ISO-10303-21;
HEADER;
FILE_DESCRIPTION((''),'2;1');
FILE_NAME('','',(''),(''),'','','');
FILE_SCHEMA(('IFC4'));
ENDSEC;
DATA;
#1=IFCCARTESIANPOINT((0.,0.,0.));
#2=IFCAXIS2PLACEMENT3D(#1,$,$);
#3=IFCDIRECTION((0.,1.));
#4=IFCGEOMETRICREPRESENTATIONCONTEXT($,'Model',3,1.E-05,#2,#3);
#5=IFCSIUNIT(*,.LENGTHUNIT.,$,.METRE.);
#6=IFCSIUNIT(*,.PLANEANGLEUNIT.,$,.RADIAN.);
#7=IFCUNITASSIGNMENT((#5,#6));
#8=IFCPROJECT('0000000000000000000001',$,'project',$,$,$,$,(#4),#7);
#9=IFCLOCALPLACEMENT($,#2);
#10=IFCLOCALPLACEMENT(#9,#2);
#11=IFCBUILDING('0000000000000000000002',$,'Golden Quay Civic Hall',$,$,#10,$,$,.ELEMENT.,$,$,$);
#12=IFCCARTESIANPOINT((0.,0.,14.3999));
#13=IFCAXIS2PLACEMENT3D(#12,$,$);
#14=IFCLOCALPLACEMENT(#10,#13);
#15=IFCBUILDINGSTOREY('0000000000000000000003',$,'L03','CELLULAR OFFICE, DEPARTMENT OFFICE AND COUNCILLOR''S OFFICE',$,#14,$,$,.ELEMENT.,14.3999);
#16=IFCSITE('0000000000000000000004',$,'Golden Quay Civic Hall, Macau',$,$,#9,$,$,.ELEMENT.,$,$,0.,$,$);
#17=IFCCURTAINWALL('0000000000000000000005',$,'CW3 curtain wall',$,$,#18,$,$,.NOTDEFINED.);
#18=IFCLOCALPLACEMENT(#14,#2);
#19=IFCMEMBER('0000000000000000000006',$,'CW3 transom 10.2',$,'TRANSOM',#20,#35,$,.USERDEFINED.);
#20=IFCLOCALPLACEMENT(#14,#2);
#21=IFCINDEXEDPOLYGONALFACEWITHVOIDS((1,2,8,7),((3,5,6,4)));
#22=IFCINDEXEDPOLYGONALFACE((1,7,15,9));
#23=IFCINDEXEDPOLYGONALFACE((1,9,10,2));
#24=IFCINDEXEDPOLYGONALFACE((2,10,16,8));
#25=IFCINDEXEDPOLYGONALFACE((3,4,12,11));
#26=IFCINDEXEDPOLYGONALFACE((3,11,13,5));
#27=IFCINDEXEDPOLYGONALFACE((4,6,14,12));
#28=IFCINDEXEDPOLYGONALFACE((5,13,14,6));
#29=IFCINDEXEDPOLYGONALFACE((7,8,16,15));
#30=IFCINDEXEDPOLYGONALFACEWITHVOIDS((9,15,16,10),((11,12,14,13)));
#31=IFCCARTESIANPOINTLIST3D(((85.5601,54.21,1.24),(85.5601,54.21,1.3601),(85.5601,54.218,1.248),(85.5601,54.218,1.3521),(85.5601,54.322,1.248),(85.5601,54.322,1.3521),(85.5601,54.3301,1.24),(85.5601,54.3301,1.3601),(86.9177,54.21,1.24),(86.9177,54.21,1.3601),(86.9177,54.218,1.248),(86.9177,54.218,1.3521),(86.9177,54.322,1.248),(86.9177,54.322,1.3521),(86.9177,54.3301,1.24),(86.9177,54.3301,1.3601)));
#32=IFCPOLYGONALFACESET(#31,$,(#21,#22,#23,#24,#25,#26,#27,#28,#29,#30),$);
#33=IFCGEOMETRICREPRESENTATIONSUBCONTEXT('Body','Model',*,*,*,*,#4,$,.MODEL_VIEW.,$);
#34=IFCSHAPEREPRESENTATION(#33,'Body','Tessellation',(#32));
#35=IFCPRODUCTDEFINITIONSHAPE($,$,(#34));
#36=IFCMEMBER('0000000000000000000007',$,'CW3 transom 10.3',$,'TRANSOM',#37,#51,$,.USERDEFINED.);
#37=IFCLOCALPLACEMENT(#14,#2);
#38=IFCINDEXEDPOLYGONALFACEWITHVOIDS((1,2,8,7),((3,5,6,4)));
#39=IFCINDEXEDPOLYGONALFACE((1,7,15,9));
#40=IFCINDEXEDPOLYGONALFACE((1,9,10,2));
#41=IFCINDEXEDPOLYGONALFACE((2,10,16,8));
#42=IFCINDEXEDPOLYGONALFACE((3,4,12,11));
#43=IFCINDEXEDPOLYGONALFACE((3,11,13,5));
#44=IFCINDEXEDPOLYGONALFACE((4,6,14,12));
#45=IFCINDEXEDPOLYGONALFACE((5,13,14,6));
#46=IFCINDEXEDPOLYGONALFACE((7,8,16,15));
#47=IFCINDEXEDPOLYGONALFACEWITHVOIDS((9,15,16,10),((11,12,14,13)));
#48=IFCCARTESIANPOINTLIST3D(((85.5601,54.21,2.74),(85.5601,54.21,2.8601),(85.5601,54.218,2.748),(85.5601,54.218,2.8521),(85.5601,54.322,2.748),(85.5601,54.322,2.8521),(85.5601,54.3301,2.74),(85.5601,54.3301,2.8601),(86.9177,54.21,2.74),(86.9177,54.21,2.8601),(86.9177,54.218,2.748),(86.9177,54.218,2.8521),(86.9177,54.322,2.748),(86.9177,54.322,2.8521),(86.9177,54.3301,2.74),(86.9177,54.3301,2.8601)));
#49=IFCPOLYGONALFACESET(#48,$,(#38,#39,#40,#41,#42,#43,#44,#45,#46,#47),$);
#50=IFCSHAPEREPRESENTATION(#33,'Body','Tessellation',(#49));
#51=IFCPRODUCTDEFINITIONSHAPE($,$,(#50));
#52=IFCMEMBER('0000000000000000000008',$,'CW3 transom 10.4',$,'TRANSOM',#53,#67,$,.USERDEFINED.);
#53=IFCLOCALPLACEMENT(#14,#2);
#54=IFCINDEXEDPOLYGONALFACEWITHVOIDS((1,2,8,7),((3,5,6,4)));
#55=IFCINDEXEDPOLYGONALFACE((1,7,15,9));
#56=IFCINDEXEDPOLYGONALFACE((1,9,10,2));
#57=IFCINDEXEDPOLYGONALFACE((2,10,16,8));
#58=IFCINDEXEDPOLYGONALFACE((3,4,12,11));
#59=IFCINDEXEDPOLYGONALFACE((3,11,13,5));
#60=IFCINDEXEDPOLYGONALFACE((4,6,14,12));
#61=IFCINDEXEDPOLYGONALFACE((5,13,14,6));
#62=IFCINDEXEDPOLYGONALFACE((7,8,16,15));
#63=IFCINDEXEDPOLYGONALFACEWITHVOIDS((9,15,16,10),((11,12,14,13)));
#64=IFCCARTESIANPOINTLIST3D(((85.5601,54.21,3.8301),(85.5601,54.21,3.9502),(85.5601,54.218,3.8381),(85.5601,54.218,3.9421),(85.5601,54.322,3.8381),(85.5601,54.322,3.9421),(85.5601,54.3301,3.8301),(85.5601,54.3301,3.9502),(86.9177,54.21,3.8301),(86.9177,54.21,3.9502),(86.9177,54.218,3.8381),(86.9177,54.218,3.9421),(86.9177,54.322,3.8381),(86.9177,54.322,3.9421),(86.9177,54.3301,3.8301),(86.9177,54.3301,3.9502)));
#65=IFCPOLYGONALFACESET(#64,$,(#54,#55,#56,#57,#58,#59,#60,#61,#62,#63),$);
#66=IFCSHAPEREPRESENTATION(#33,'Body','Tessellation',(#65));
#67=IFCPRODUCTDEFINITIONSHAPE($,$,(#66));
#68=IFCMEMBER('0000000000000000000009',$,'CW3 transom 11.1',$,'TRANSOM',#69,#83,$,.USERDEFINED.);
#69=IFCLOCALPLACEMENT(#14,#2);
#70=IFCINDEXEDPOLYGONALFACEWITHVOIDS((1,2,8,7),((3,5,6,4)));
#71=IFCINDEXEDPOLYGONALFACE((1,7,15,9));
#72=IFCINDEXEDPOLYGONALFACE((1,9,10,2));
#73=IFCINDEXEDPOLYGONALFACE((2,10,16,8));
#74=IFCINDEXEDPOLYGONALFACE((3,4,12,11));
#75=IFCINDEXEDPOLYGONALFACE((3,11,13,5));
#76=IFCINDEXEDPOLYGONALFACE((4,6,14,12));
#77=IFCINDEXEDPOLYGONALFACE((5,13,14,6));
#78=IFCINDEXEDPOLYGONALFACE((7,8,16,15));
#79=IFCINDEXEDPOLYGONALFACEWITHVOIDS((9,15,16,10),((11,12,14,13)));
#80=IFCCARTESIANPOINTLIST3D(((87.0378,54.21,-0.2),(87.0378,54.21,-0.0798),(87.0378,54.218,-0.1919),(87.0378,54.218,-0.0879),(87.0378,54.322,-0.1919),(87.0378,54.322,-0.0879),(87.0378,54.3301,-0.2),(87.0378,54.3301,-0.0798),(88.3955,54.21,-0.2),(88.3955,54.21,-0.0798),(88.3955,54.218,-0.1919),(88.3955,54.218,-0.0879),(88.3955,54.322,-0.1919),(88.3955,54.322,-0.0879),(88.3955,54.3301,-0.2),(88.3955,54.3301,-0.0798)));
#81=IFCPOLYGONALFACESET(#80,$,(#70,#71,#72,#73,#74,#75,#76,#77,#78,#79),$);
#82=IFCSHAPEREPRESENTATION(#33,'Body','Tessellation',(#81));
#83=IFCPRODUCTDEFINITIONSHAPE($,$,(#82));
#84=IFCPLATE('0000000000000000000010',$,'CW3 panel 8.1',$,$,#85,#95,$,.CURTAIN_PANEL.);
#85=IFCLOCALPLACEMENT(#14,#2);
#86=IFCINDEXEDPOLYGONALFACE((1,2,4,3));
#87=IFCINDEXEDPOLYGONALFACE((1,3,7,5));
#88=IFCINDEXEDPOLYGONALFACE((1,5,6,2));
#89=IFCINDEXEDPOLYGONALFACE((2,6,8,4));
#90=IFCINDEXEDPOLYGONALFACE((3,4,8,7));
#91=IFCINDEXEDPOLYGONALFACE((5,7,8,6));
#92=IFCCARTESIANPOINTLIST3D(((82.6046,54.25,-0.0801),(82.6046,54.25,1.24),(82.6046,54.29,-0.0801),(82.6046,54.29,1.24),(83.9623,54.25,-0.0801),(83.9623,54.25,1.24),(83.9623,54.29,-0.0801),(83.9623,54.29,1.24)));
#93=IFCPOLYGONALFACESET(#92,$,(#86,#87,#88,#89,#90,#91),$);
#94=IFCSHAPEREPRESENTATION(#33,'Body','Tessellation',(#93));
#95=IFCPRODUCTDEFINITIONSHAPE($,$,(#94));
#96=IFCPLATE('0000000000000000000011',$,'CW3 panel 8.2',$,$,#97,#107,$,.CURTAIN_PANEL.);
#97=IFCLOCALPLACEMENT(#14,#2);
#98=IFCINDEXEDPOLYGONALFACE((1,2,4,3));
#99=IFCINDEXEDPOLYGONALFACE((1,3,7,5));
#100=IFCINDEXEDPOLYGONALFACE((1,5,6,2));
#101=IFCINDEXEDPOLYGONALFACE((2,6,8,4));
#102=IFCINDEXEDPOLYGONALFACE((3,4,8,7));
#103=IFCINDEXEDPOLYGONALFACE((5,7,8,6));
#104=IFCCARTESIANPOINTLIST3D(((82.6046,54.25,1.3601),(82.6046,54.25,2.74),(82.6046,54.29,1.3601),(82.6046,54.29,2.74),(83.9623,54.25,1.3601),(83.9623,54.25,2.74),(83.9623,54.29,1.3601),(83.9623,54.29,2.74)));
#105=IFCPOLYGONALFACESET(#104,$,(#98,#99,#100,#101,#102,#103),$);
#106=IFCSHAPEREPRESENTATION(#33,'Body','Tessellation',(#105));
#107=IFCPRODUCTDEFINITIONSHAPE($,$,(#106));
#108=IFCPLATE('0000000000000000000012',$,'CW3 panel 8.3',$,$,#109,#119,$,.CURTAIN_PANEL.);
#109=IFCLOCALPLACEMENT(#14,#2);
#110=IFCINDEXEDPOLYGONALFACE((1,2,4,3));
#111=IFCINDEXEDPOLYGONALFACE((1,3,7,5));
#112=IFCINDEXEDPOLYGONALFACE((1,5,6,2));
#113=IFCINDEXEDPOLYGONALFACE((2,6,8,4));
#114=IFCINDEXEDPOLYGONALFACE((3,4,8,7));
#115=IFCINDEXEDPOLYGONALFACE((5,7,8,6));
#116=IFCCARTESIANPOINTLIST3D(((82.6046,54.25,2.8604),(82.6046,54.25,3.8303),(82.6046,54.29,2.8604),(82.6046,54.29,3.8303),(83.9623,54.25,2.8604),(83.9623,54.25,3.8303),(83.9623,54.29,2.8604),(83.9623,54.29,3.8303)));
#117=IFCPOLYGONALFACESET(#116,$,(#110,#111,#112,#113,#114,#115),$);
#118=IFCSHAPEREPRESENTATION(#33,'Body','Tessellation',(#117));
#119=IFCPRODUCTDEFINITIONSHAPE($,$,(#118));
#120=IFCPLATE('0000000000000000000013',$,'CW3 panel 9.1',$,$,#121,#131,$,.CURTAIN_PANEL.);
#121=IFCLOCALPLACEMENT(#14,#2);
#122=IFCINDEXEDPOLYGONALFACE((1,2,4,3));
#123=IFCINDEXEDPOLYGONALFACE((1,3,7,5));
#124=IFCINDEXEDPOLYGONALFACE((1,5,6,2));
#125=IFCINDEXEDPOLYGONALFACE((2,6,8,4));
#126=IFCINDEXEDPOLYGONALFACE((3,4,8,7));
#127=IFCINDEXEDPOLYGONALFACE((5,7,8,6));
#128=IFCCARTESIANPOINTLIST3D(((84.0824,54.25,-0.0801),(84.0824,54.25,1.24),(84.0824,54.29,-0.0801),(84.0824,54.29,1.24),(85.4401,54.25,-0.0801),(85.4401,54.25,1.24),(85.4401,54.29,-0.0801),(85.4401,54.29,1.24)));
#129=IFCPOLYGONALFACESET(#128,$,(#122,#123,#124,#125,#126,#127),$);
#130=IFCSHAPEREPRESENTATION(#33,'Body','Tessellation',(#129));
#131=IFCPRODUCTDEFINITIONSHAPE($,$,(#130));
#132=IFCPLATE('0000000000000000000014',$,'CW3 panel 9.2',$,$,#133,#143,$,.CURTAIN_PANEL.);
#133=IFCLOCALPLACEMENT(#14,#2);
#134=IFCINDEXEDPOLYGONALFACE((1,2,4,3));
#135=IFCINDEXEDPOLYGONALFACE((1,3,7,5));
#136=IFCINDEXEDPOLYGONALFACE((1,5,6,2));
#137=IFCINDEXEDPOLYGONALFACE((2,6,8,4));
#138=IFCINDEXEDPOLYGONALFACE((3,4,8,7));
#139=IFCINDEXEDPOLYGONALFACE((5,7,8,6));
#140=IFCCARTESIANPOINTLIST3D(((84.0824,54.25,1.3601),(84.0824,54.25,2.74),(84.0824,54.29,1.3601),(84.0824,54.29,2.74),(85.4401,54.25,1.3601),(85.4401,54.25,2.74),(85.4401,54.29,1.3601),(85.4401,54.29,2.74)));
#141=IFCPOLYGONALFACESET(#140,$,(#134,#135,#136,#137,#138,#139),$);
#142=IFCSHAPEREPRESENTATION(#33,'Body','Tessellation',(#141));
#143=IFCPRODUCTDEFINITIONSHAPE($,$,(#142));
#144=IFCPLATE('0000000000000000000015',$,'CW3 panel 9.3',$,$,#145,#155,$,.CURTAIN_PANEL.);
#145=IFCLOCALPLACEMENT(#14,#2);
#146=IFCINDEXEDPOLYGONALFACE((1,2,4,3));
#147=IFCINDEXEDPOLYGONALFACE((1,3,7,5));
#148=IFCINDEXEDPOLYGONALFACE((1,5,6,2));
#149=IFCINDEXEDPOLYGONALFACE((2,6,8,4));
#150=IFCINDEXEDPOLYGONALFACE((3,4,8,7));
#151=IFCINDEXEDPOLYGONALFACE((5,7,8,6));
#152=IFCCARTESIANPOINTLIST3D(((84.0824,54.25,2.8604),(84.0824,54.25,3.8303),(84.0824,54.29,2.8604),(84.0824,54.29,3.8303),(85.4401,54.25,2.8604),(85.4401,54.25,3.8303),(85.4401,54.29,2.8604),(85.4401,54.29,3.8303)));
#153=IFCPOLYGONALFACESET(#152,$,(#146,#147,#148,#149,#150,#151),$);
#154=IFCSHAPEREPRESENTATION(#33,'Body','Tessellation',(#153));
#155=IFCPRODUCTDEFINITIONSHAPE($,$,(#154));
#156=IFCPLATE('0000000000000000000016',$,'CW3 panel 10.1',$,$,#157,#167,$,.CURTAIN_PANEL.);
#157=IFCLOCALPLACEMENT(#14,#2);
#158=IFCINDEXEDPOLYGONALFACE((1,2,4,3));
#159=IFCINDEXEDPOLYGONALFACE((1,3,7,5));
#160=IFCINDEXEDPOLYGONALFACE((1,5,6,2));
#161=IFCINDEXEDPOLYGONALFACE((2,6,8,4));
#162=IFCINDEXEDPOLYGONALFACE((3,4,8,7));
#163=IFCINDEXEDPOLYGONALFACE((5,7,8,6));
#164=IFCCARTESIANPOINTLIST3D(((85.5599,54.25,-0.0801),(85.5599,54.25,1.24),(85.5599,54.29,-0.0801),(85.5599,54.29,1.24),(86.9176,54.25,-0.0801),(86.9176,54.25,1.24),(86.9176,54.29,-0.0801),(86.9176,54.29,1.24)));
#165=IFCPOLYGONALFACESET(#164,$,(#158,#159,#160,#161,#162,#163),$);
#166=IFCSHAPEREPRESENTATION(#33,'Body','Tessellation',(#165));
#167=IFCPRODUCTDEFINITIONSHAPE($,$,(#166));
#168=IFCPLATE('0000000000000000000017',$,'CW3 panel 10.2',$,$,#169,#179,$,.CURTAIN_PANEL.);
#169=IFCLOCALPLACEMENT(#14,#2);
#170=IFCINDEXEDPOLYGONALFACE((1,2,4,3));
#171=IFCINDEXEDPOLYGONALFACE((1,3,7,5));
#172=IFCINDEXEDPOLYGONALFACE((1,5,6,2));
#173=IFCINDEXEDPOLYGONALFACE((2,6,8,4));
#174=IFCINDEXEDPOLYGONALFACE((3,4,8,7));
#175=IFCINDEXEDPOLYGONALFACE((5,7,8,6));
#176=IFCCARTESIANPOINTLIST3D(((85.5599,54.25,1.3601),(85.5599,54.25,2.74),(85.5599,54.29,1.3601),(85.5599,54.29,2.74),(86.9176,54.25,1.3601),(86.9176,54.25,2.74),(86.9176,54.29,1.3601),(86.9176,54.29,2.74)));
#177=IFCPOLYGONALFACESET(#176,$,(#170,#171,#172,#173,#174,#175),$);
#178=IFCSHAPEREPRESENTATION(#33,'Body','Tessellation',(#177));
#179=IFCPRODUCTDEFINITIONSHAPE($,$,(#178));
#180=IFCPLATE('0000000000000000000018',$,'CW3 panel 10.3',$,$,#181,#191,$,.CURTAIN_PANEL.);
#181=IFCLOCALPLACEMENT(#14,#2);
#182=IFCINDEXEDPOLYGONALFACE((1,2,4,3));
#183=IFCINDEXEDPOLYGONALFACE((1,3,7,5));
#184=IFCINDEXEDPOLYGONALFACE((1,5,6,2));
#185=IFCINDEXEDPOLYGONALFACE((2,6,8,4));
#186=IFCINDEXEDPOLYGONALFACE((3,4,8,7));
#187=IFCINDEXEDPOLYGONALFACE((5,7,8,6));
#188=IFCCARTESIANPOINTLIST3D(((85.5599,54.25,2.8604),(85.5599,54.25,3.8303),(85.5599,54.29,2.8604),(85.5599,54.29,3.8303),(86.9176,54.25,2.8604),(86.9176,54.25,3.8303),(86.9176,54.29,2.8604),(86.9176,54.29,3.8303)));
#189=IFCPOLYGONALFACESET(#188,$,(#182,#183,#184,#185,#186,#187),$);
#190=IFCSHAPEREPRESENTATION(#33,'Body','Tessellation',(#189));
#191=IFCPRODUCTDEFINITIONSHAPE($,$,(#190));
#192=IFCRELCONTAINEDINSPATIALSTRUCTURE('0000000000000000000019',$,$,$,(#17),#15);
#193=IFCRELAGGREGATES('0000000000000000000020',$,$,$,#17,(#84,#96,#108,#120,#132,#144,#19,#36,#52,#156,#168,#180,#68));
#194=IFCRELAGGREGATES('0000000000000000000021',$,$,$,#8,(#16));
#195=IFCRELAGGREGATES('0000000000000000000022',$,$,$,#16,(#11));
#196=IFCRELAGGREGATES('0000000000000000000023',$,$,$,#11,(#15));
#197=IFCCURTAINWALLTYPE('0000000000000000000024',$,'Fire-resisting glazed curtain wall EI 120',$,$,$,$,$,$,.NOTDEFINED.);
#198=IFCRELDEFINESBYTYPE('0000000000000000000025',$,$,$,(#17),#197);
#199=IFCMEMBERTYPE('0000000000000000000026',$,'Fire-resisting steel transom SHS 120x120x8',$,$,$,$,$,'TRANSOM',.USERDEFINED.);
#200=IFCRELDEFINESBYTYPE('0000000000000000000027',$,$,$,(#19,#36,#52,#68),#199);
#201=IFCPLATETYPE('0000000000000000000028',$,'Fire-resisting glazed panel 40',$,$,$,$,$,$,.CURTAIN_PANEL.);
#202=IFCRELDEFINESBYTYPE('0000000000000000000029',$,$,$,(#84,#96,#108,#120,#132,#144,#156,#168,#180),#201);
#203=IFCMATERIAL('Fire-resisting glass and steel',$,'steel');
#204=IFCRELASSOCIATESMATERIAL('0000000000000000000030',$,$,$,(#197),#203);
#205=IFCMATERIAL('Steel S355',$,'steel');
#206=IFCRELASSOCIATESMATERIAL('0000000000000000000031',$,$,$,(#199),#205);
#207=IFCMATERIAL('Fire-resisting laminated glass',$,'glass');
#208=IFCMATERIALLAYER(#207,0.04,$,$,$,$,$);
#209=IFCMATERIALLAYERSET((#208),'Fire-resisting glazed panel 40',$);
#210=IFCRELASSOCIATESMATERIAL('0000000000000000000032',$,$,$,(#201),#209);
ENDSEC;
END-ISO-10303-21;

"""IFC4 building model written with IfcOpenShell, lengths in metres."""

from ifc_helpers import new_model, si_unit, direction, frame, origin, origin_2d, place, context, subcontext, project, spatial, rectangle, hollow_rectangle, extrude, material, layer, layer_set, material_profile, profile_set, type_object, element, aggregate, save


model = new_model("IFC4")

# Units and contexts
model_context = context("Model", 3, precision=1e-05, world=origin(), true_north=direction((0.0, 1.0)))
body_context = subcontext(model_context, "Body", "Model", "MODEL_VIEW")
ifc_project = project(units=[si_unit("LENGTHUNIT", "METRE"), si_unit("PLANEANGLEUNIT", "RADIAN")], contexts=[model_context])

# Site, building, storey
site_placement = place(None, origin())
site = spatial("IfcSite", under=ifc_project, at=site_placement, Name="Golden Quay Civic Hall, Macau", CompositionType="ELEMENT", RefElevation=0.0)
building_placement = place(site_placement, origin())
building = spatial("IfcBuilding", under=site, at=building_placement, Name="Golden Quay Civic Hall", CompositionType="ELEMENT")
storey_placement = place(building_placement, frame((0.0, 0.0, 14.3999)))
storey = spatial("IfcBuildingStorey", under=building, at=storey_placement, Name="L03", Description="CELLULAR OFFICE, DEPARTMENT OFFICE AND COUNCILLOR'S OFFICE", CompositionType="ELEMENT", Elevation=14.3999)

# Curtain wall, members, plates
ifc_material_1 = material(Name="Fire-resisting glass and steel", Category="steel")
curtain_wall_type = type_object("IfcCurtainWallType", Name="Fire-resisting glazed curtain wall EI 120", PredefinedType="NOTDEFINED", material=ifc_material_1)
curtain_wall_placement = place(storey_placement, origin())
curtain_wall = element("IfcCurtainWall", 1, at=curtain_wall_placement, inside=storey, type_object=curtain_wall_type, Name="CW3 curtain wall", PredefinedType="NOTDEFINED")
ifc_material_2 = material(Name="Steel S355", Category="steel")
ifc_material_profile_1 = material_profile(ifc_material_2, hollow_rectangle(XDim=0.1201, YDim=0.1201, WallThickness=0.0081, at=origin_2d()), Name="SHS 120x120x8")
ifc_profile_set_1 = profile_set([ifc_material_profile_1], Name="Steel S355")
member_type_1 = type_object("IfcMemberType", Name="Fire-resisting steel transom SHS 120x120x8", ElementType="TRANSOM", PredefinedType="USERDEFINED", material=ifc_profile_set_1)
member_1_placement = place(storey_placement, frame((85.5601, 54.27, 1.3), z_axis=(1.0, 0.0, 0.0), x_axis=(0.0, 1.0, 0.0)))
member_1 = element("IfcMember", 2, at=member_1_placement, type_object=member_type_1, Name="CW3 transom 10.2", ObjectType="TRANSOM", PredefinedType="USERDEFINED", context=body_context, shape_type="SweptSolid", body=[
    extrude(hollow_rectangle(XDim=0.1201, YDim=0.1201, WallThickness=0.0081, at=origin_2d()), origin(), (0.0, 0.0, 1.0), 1.3577),
])
member_2_placement = place(storey_placement, frame((85.5601, 54.27, 2.8), z_axis=(1.0, 0.0, 0.0), x_axis=(0.0, 1.0, 0.0)))
member_2 = element("IfcMember", 3, at=member_2_placement, type_object=member_type_1, Name="CW3 transom 10.3", ObjectType="TRANSOM", PredefinedType="USERDEFINED", context=body_context, shape_type="SweptSolid", body=[
    extrude(hollow_rectangle(XDim=0.1201, YDim=0.1201, WallThickness=0.0081, at=origin_2d()), origin(), (0.0, 0.0, 1.0), 1.3577),
])
member_3_placement = place(storey_placement, frame((85.5601, 54.27, 3.8901), z_axis=(1.0, 0.0, 0.0), x_axis=(0.0, 1.0, 0.0)))
member_3 = element("IfcMember", 4, at=member_3_placement, type_object=member_type_1, Name="CW3 transom 10.4", ObjectType="TRANSOM", PredefinedType="USERDEFINED", context=body_context, shape_type="SweptSolid", body=[
    extrude(hollow_rectangle(XDim=0.1201, YDim=0.1201, WallThickness=0.0081, at=origin_2d()), origin(), (0.0, 0.0, 1.0), 1.3577),
])
member_4_placement = place(storey_placement, frame((87.0378, 54.27, -0.1399), z_axis=(1.0, 0.0, 0.0), x_axis=(0.0, 1.0, 0.0)))
member_4 = element("IfcMember", 5, at=member_4_placement, type_object=member_type_1, Name="CW3 transom 11.1", ObjectType="TRANSOM", PredefinedType="USERDEFINED", context=body_context, shape_type="SweptSolid", body=[
    extrude(hollow_rectangle(XDim=0.1201, YDim=0.1201, WallThickness=0.0081, at=origin_2d()), origin(), (0.0, 0.0, 1.0), 1.3577),
])
ifc_material_3 = material(Name="Fire-resisting laminated glass", Category="glass")
ifc_layer = layer(ifc_material_3, 0.04)
ifc_layer_set = layer_set([ifc_layer], Name="Fire-resisting glazed panel 40")
plate_type = type_object("IfcPlateType", Name="Fire-resisting glazed panel 40", PredefinedType="CURTAIN_PANEL", material=ifc_layer_set)
plate_1_placement = place(storey_placement, frame((83.2834, 54.27, -0.0801), z_axis=(0.0, 0.0, 1.0), x_axis=(1.0, 0.0, 0.0)))
plate_1 = element("IfcPlate", 6, at=plate_1_placement, type_object=plate_type, Name="CW3 panel 8.1", PredefinedType="CURTAIN_PANEL", context=body_context, shape_type="SweptSolid", body=[
    extrude(rectangle(XDim=1.3577, YDim=0.04, at=origin_2d()), origin(), (0.0, 0.0, 1.0), 1.3201),
])
plate_2_placement = place(storey_placement, frame((83.2834, 54.27, 1.3601), z_axis=(0.0, 0.0, 1.0), x_axis=(1.0, 0.0, 0.0)))
plate_2 = element("IfcPlate", 7, at=plate_2_placement, type_object=plate_type, Name="CW3 panel 8.2", PredefinedType="CURTAIN_PANEL", context=body_context, shape_type="SweptSolid", body=[
    extrude(rectangle(XDim=1.3577, YDim=0.04, at=origin_2d()), origin(), (0.0, 0.0, 1.0), 1.3799),
])
plate_3_placement = place(storey_placement, frame((83.2834, 54.27, 2.8604), z_axis=(0.0, 0.0, 1.0), x_axis=(1.0, 0.0, 0.0)))
plate_3 = element("IfcPlate", 8, at=plate_3_placement, type_object=plate_type, Name="CW3 panel 8.3", PredefinedType="CURTAIN_PANEL", context=body_context, shape_type="SweptSolid", body=[
    extrude(rectangle(XDim=1.3577, YDim=0.04, at=origin_2d()), origin(), (0.0, 0.0, 1.0), 0.97),
])
plate_4_placement = place(storey_placement, frame((84.7612, 54.27, -0.0801), z_axis=(0.0, 0.0, 1.0), x_axis=(1.0, 0.0, 0.0)))
plate_4 = element("IfcPlate", 9, at=plate_4_placement, type_object=plate_type, Name="CW3 panel 9.1", PredefinedType="CURTAIN_PANEL", context=body_context, shape_type="SweptSolid", body=[
    extrude(rectangle(XDim=1.3577, YDim=0.04, at=origin_2d()), origin(), (0.0, 0.0, 1.0), 1.3201),
])
plate_5_placement = place(storey_placement, frame((84.7612, 54.27, 1.3601), z_axis=(0.0, 0.0, 1.0), x_axis=(1.0, 0.0, 0.0)))
plate_5 = element("IfcPlate", 10, at=plate_5_placement, type_object=plate_type, Name="CW3 panel 9.2", PredefinedType="CURTAIN_PANEL", context=body_context, shape_type="SweptSolid", body=[
    extrude(rectangle(XDim=1.3577, YDim=0.04, at=origin_2d()), origin(), (0.0, 0.0, 1.0), 1.3799),
])
plate_6_placement = place(storey_placement, frame((84.7612, 54.27, 2.8604), z_axis=(0.0, 0.0, 1.0), x_axis=(1.0, 0.0, 0.0)))
plate_6 = element("IfcPlate", 11, at=plate_6_placement, type_object=plate_type, Name="CW3 panel 9.3", PredefinedType="CURTAIN_PANEL", context=body_context, shape_type="SweptSolid", body=[
    extrude(rectangle(XDim=1.3577, YDim=0.04, at=origin_2d()), origin(), (0.0, 0.0, 1.0), 0.97),
])
plate_7_placement = place(storey_placement, frame((86.2388, 54.27, -0.0801), z_axis=(0.0, 0.0, 1.0), x_axis=(1.0, 0.0, 0.0)))
plate_7 = element("IfcPlate", 12, at=plate_7_placement, type_object=plate_type, Name="CW3 panel 10.1", PredefinedType="CURTAIN_PANEL", context=body_context, shape_type="SweptSolid", body=[
    extrude(rectangle(XDim=1.3577, YDim=0.04, at=origin_2d()), origin(), (0.0, 0.0, 1.0), 1.3201),
])
plate_8_placement = place(storey_placement, frame((86.2388, 54.27, 1.3601), z_axis=(0.0, 0.0, 1.0), x_axis=(1.0, 0.0, 0.0)))
plate_8 = element("IfcPlate", 13, at=plate_8_placement, type_object=plate_type, Name="CW3 panel 10.2", PredefinedType="CURTAIN_PANEL", context=body_context, shape_type="SweptSolid", body=[
    extrude(rectangle(XDim=1.3577, YDim=0.04, at=origin_2d()), origin(), (0.0, 0.0, 1.0), 1.3799),
])
plate_9_placement = place(storey_placement, frame((86.2388, 54.27, 2.8604), z_axis=(0.0, 0.0, 1.0), x_axis=(1.0, 0.0, 0.0)))
plate_9 = element("IfcPlate", 14, at=plate_9_placement, type_object=plate_type, Name="CW3 panel 10.3", PredefinedType="CURTAIN_PANEL", context=body_context, shape_type="SweptSolid", body=[
    extrude(rectangle(XDim=1.3577, YDim=0.04, at=origin_2d()), origin(), (0.0, 0.0, 1.0), 0.97),
])
aggregate(curtain_wall, [plate_1, plate_2, plate_3, plate_4, plate_5, plate_6, member_1, member_2, member_3, plate_7, plate_8, plate_9, member_4])

save(model, "model.ifc")
